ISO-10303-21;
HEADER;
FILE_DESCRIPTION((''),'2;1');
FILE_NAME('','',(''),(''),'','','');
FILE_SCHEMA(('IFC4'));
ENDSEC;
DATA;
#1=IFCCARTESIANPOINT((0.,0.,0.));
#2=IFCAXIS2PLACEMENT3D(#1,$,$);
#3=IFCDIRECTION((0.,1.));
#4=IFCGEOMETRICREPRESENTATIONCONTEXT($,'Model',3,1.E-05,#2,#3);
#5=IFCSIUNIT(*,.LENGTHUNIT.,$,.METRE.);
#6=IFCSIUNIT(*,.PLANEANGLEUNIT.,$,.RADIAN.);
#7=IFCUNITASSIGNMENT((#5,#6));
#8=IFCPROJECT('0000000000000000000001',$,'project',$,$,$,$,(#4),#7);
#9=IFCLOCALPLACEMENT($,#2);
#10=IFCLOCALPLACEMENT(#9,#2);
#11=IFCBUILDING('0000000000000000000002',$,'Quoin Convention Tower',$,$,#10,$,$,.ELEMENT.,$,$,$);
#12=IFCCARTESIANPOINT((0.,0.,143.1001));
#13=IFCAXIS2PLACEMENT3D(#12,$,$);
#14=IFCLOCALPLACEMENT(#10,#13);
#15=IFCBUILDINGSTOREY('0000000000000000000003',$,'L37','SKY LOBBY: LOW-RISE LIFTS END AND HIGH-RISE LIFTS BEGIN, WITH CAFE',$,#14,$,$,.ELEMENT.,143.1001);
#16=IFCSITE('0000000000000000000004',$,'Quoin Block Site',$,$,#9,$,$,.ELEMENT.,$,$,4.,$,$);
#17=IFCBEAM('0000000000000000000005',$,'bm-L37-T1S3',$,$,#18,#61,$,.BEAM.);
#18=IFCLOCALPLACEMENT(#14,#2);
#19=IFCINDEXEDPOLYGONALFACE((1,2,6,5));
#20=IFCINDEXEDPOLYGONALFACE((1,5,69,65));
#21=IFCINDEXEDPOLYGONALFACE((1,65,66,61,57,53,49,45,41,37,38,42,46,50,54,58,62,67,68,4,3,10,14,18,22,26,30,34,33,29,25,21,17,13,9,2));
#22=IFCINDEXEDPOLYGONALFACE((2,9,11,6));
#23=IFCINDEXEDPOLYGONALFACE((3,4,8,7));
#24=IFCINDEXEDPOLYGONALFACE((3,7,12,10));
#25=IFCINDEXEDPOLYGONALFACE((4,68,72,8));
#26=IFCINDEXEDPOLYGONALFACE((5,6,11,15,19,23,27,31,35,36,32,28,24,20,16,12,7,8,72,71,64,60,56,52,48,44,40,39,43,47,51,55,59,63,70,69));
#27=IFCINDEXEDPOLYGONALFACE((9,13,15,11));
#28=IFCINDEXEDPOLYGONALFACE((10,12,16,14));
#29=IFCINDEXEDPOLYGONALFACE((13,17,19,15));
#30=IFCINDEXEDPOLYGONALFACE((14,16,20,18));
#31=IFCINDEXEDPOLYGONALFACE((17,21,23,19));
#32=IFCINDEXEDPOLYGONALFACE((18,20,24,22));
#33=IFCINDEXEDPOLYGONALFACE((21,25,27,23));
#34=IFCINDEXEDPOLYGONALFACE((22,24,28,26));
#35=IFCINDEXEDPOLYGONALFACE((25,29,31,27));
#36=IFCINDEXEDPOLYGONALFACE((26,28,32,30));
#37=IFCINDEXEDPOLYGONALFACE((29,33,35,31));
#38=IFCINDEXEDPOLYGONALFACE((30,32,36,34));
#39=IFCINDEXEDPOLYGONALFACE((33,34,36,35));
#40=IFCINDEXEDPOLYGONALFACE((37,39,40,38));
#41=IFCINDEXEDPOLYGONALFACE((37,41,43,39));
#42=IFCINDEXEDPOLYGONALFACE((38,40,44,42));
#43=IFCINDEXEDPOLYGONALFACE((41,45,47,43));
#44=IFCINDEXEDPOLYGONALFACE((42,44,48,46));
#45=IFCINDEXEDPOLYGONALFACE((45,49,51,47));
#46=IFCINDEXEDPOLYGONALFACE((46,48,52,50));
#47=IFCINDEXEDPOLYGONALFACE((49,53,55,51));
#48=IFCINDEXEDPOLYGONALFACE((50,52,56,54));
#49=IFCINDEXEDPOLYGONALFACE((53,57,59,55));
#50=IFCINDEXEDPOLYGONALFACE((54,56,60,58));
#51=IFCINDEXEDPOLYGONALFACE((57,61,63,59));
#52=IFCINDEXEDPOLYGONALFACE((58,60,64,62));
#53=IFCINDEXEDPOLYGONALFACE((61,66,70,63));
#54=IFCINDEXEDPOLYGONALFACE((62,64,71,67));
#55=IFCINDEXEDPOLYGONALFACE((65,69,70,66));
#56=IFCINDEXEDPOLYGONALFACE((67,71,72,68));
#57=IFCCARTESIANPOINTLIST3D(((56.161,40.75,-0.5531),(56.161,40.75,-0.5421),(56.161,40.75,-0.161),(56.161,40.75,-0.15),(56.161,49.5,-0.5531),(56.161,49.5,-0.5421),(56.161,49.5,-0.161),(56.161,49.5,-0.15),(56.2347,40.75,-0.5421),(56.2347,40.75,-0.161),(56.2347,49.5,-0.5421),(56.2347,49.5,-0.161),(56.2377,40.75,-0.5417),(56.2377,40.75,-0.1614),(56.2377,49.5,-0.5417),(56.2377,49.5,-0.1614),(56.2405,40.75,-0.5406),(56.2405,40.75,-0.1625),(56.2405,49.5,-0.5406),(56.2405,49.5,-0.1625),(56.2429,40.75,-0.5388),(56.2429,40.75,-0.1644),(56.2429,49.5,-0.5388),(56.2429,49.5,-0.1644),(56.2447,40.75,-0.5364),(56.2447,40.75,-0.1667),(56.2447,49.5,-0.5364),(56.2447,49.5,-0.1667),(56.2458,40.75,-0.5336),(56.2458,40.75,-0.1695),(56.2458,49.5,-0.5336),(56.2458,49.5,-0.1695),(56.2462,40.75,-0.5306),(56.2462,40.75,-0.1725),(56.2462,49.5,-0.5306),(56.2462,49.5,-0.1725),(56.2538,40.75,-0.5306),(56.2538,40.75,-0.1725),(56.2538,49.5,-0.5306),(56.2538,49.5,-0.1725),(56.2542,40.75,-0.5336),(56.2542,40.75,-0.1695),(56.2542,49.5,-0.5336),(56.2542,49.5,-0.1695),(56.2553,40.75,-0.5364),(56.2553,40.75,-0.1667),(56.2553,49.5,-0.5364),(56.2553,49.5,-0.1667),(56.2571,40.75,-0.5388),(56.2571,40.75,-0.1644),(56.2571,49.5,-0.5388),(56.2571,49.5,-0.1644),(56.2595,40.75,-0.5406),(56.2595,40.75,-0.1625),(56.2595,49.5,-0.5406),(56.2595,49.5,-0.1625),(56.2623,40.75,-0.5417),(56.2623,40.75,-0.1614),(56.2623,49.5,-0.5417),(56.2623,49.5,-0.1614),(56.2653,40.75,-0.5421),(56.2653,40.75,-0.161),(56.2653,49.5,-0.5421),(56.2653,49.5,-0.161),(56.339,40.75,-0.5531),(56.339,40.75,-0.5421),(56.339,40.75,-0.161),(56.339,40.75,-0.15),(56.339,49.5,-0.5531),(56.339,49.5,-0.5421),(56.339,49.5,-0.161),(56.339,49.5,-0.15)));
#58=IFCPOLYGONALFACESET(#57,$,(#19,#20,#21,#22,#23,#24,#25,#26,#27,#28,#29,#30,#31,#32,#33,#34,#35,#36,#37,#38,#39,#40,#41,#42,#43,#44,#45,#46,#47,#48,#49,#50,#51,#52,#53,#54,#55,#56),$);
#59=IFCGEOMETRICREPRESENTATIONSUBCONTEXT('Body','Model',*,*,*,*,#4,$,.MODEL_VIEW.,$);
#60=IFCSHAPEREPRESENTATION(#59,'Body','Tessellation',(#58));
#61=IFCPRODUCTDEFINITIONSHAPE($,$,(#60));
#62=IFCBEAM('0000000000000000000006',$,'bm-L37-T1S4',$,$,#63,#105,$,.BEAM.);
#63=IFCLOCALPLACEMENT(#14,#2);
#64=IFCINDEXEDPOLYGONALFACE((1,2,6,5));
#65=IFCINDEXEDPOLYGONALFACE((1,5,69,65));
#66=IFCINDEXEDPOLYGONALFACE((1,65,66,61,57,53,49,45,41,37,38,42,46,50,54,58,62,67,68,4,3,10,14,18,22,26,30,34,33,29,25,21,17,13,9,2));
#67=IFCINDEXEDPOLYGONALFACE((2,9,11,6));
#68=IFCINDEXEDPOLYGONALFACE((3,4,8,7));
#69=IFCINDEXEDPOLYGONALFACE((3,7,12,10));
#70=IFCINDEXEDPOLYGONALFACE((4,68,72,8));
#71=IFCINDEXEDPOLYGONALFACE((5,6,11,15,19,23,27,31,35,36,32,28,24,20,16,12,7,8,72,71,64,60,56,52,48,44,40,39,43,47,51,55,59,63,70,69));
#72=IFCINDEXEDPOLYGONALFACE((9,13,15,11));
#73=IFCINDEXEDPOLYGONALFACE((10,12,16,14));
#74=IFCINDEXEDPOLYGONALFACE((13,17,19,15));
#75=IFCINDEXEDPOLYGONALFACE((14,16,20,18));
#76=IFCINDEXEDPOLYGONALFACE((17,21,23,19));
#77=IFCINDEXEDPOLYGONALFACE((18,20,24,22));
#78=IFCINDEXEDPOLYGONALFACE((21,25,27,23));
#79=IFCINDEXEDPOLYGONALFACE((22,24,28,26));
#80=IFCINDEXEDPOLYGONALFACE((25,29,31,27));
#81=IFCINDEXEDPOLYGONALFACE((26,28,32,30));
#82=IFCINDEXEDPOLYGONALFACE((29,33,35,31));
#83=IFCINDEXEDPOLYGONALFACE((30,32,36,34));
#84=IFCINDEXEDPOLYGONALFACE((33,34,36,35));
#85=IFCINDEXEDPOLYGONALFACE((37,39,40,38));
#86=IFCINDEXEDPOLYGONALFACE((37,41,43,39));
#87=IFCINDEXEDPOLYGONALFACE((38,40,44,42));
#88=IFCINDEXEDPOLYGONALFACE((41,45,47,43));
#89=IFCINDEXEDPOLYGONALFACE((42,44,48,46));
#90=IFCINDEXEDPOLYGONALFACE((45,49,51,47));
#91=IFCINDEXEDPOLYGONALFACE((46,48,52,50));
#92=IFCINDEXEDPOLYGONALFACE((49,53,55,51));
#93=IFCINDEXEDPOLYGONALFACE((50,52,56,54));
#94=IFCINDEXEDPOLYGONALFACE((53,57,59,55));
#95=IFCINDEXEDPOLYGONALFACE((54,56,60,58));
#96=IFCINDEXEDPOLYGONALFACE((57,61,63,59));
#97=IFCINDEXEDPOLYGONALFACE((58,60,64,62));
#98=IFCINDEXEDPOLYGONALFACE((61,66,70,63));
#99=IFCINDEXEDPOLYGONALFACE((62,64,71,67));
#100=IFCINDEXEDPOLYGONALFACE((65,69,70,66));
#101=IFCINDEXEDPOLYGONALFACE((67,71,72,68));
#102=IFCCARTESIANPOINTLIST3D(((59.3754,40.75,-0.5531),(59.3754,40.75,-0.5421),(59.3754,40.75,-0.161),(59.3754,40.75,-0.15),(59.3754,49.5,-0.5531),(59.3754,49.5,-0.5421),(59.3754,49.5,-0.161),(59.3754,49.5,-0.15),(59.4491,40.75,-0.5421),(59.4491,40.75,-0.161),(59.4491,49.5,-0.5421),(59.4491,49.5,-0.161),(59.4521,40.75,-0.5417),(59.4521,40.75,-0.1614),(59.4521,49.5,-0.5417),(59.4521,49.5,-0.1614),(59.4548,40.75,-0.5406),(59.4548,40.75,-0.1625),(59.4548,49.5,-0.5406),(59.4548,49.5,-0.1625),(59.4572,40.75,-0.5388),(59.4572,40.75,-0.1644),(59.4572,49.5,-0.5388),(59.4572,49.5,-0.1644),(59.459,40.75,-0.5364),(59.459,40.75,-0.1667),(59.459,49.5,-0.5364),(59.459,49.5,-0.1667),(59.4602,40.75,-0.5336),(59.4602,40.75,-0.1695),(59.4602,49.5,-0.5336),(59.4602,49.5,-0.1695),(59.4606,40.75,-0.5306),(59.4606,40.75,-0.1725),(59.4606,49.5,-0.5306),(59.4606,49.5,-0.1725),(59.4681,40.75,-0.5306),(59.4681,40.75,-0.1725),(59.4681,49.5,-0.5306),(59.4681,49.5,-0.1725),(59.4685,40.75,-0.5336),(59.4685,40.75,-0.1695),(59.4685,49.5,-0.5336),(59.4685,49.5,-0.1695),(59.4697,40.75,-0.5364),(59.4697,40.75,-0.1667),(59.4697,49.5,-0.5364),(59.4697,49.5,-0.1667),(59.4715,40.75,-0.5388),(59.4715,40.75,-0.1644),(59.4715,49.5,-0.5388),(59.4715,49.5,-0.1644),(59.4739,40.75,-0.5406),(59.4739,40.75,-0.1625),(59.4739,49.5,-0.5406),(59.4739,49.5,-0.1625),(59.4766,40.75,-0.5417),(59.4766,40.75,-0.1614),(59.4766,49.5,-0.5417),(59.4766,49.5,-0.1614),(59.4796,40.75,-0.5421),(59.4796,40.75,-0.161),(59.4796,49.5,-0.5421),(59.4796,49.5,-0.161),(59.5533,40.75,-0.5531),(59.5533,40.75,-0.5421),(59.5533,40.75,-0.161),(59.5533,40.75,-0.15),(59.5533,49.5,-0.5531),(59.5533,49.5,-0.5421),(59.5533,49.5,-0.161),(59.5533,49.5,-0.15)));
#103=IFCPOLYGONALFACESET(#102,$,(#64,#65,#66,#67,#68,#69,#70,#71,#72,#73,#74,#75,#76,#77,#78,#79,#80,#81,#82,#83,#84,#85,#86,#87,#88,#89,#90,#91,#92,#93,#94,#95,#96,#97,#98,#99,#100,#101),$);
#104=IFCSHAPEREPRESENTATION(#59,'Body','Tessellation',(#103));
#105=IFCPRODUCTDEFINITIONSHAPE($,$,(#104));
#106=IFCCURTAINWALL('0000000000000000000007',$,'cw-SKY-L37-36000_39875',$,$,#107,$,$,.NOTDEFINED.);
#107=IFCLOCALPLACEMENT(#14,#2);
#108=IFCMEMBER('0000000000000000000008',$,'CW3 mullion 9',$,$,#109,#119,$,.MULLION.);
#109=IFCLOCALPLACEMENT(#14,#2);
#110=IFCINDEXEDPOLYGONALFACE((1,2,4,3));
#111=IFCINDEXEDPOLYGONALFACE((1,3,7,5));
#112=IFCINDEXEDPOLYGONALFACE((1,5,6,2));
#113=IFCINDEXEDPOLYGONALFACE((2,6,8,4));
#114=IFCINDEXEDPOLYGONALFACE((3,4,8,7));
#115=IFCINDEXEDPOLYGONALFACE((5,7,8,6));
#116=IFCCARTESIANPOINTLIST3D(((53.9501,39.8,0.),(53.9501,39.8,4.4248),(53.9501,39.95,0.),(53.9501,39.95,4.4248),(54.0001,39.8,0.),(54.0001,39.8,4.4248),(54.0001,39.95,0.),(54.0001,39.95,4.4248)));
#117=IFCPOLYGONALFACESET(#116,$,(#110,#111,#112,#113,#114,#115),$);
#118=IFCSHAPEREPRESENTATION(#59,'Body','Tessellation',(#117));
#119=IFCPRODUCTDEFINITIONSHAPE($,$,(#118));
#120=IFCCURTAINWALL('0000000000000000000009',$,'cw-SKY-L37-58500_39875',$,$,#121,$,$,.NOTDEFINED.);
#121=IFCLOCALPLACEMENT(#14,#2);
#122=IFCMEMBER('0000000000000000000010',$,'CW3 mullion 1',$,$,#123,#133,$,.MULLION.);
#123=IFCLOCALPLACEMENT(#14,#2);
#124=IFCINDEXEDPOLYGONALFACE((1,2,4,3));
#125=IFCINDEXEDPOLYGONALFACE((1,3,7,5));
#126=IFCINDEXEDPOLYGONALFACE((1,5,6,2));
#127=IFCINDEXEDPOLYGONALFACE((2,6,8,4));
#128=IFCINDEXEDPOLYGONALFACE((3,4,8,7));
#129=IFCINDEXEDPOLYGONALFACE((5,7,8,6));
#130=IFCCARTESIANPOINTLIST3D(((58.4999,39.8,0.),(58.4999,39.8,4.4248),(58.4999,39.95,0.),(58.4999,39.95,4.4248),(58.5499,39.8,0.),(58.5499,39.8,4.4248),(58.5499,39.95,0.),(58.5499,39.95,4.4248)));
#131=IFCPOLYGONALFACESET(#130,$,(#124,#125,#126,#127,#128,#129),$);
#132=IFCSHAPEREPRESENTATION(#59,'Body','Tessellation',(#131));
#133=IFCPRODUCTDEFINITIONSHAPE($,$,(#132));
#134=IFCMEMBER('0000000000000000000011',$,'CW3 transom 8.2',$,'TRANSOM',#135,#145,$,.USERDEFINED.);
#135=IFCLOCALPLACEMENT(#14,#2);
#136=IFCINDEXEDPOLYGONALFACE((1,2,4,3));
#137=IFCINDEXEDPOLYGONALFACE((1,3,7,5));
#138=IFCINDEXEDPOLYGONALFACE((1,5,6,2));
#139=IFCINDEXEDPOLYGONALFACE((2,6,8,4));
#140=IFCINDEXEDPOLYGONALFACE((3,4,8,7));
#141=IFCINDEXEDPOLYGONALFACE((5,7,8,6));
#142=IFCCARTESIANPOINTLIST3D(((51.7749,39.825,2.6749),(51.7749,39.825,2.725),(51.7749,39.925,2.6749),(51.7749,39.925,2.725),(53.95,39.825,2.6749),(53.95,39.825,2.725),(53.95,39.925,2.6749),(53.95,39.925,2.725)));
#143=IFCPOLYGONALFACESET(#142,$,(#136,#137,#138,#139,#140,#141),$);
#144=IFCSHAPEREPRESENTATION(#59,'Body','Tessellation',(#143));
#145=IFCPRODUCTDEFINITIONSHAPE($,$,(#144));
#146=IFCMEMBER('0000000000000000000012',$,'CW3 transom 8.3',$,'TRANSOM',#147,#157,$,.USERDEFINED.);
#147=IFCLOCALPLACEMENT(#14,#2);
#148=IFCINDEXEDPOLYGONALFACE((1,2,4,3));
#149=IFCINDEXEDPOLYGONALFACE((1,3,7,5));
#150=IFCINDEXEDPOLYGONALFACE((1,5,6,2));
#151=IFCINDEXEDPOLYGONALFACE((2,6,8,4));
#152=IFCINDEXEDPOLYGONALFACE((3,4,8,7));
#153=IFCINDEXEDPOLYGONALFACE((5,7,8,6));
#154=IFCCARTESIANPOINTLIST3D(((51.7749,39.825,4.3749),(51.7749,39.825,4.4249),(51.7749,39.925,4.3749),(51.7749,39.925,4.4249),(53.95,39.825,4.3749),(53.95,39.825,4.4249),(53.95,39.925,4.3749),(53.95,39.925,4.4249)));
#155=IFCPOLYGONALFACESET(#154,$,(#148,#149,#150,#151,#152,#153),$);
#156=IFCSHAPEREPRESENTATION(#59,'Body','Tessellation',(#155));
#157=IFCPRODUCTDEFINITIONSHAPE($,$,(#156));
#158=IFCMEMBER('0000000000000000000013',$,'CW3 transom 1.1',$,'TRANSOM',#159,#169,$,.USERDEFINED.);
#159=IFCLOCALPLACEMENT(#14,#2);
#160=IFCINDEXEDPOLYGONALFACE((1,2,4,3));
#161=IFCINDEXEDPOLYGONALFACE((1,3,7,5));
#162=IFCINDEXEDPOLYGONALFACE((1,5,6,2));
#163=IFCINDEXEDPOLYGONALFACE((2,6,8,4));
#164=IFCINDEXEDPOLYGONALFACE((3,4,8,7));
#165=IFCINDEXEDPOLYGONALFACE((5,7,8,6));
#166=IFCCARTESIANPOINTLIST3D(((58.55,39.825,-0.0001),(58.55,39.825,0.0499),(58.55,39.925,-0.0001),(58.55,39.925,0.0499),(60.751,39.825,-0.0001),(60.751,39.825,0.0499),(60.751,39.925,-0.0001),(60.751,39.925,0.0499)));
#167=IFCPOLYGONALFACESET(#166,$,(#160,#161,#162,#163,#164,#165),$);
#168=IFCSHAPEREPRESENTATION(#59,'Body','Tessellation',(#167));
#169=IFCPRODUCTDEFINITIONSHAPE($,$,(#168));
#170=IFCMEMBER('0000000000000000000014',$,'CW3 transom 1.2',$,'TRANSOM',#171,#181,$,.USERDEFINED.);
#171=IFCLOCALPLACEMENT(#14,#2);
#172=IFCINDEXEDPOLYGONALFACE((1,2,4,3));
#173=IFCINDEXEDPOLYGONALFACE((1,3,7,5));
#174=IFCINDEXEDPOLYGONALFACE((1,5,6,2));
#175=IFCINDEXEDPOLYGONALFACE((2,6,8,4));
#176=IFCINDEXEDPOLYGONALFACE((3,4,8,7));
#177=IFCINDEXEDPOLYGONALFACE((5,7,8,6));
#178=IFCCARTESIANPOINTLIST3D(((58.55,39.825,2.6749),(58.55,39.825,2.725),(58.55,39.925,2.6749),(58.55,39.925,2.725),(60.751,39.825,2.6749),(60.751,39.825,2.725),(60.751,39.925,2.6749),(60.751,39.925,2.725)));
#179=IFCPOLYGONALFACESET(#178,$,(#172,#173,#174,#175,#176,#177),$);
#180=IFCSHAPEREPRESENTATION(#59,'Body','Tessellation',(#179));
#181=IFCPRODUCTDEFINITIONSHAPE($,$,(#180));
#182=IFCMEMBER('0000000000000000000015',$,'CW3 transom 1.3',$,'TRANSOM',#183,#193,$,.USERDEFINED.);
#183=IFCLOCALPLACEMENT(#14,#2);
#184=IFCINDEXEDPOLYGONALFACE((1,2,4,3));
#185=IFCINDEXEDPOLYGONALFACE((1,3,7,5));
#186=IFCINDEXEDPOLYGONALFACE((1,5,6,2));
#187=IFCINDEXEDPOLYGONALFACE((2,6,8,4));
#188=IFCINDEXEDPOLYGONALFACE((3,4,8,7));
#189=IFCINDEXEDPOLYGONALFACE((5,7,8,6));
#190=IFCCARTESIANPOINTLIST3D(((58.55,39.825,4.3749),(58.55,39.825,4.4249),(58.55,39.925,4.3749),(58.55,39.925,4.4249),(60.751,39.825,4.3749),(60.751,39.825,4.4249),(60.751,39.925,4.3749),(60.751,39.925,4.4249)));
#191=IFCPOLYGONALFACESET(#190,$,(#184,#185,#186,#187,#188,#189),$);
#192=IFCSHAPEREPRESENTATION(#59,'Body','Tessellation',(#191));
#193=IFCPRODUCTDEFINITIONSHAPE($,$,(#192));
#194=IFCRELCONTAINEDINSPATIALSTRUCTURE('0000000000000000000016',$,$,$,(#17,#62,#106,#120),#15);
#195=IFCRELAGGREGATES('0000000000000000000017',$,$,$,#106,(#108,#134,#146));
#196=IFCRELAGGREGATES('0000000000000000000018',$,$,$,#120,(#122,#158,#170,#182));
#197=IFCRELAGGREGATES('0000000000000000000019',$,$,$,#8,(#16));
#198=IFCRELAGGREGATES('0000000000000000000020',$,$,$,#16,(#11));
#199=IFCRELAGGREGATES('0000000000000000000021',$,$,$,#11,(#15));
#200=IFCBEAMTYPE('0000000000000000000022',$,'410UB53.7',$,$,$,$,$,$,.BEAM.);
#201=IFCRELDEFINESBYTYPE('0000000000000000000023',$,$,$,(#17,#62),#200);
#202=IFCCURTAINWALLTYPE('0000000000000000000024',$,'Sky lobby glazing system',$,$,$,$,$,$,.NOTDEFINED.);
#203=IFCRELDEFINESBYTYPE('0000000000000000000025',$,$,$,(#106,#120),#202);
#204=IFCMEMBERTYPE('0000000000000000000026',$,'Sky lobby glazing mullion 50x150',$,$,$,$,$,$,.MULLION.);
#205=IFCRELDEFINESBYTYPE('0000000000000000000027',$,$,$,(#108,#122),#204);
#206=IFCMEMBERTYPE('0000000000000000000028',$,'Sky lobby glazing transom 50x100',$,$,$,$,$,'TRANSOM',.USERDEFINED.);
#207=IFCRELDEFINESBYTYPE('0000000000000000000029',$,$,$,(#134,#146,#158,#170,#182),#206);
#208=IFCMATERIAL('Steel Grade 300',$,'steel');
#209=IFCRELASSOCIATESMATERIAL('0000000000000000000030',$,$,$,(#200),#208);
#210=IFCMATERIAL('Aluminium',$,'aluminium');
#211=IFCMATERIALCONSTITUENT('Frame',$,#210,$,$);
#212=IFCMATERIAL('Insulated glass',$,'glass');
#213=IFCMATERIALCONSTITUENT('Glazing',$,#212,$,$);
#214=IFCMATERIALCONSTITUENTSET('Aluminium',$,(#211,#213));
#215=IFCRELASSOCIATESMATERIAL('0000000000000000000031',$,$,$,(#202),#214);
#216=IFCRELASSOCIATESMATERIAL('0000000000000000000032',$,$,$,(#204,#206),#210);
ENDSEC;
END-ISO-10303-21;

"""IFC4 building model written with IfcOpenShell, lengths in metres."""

from ifc_helpers import new_model, si_unit, direction, frame, origin, origin_2d, place, context, subcontext, project, spatial, rectangle, i_section, extrude, material, constituent, constituent_set, material_profile, profile_set, type_object, element, aggregate, save


model = new_model("IFC4")

# Units and contexts
model_context = context("Model", 3, precision=1e-05, world=origin(), true_north=direction((0.0, 1.0)))
body_context = subcontext(model_context, "Body", "Model", "MODEL_VIEW")
ifc_project = project(units=[si_unit("LENGTHUNIT", "METRE"), si_unit("PLANEANGLEUNIT", "RADIAN")], contexts=[model_context])

# Site, building, storey
site_placement = place(None, origin())
site = spatial("IfcSite", under=ifc_project, at=site_placement, Name="Quoin Block Site", CompositionType="ELEMENT", RefElevation=4.0)
building_placement = place(site_placement, origin())
building = spatial("IfcBuilding", under=site, at=building_placement, Name="Quoin Convention Tower", CompositionType="ELEMENT")
storey_placement = place(building_placement, frame((0.0, 0.0, 143.1001)))
storey = spatial("IfcBuildingStorey", under=building, at=storey_placement, Name="L37", Description="SKY LOBBY: LOW-RISE LIFTS END AND HIGH-RISE LIFTS BEGIN, WITH CAFE", CompositionType="ELEMENT", Elevation=143.1001)

# Beams
ifc_material_1 = material(Name="Steel Grade 300", Category="steel")
ifc_material_profile_1 = material_profile(ifc_material_1, i_section(OverallWidth=0.178, OverallDepth=0.4031, WebThickness=0.0076, FlangeThickness=0.011, FilletRadius=0.0115, at=origin_2d()), Name="410UB53.7")
ifc_profile_set_1 = profile_set([ifc_material_profile_1], Name="Steel Grade 300")
beam_type = type_object("IfcBeamType", Name="410UB53.7", PredefinedType="BEAM", material=ifc_profile_set_1)
for number, where, z_axis, x_axis, name in (
    (1, (56.25, 40.75, -0.3516), (0.0, 1.0, 0.0), (-1.0, 0.0, 0.0), "bm-L37-T1S3"),
    (2, (59.4644, 40.75, -0.3516), (0.0, 1.0, 0.0), (-1.0, 0.0, 0.0), "bm-L37-T1S4"),
):
    element("IfcBeam", number, at=place(storey_placement, frame(where, z_axis=z_axis, x_axis=x_axis)), inside=storey, type_object=beam_type, Name=name, PredefinedType="BEAM", context=body_context, shape_type="SweptSolid", body=[
        extrude(i_section(OverallWidth=0.178, OverallDepth=0.4031, WebThickness=0.0076, FlangeThickness=0.011, FilletRadius=0.0115, at=origin_2d()), origin(), (0.0, 0.0, 1.0), 8.75),
    ])

# Curtain walls, members
ifc_material_2 = material(Name="Aluminium", Category="aluminium")
ifc_constituent_1 = constituent(ifc_material_2, Name="Frame")
ifc_material_3 = material(Name="Insulated glass", Category="glass")
ifc_constituent_2 = constituent(ifc_material_3, Name="Glazing")
ifc_constituent_set_1 = constituent_set(constituents=[ifc_constituent_1, ifc_constituent_2], Name="Aluminium")
curtain_wall_type = type_object("IfcCurtainWallType", Name="Sky lobby glazing system", PredefinedType="NOTDEFINED", material=ifc_constituent_set_1)
curtain_wall_1_placement = place(storey_placement, origin())
curtain_wall_1 = element("IfcCurtainWall", 3, at=curtain_wall_1_placement, inside=storey, type_object=curtain_wall_type, Name="cw-SKY-L37-36000_39875", PredefinedType="NOTDEFINED")
ifc_material_profile_2 = material_profile(ifc_material_2, rectangle(XDim=0.1499, YDim=0.05, at=origin_2d()), Name="Sky lobby glazing mullion 50x150")
ifc_profile_set_2 = profile_set([ifc_material_profile_2], Name="Aluminium")
member_type_1 = type_object("IfcMemberType", Name="Sky lobby glazing mullion 50x150", PredefinedType="MULLION", material=ifc_profile_set_2)
member_1_placement = place(storey_placement, frame((53.9751, 39.875, 0.0), z_axis=(0.0, 0.0, 1.0), x_axis=(0.0, 1.0, 0.0)))
member_1 = element("IfcMember", 4, at=member_1_placement, type_object=member_type_1, Name="CW3 mullion 9", PredefinedType="MULLION", context=body_context, shape_type="SweptSolid", body=[
    extrude(rectangle(XDim=0.1499, YDim=0.05, at=origin_2d()), origin(), (0.0, 0.0, 1.0), 4.4248),
])
curtain_wall_2_placement = place(storey_placement, origin())
curtain_wall_2 = element("IfcCurtainWall", 5, at=curtain_wall_2_placement, inside=storey, type_object=curtain_wall_type, Name="cw-SKY-L37-58500_39875", PredefinedType="NOTDEFINED")
member_2_placement = place(storey_placement, frame((58.5249, 39.875, 0.0), z_axis=(0.0, 0.0, 1.0), x_axis=(0.0, 1.0, 0.0)))
member_2 = element("IfcMember", 6, at=member_2_placement, type_object=member_type_1, Name="CW3 mullion 1", PredefinedType="MULLION", context=body_context, shape_type="SweptSolid", body=[
    extrude(rectangle(XDim=0.1499, YDim=0.05, at=origin_2d()), origin(), (0.0, 0.0, 1.0), 4.4248),
])

# Members
ifc_material_profile_3 = material_profile(ifc_material_2, rectangle(XDim=0.1001, YDim=0.05, at=origin_2d()), Name="Sky lobby glazing transom 50x100")
ifc_profile_set_3 = profile_set([ifc_material_profile_3], Name="Aluminium")
member_type_2 = type_object("IfcMemberType", Name="Sky lobby glazing transom 50x100", ElementType="TRANSOM", PredefinedType="USERDEFINED", material=ifc_profile_set_3)
member_3_placement = place(storey_placement, frame((51.7749, 39.875, 2.7), z_axis=(1.0, 0.0, 0.0), x_axis=(0.0, 1.0, 0.0)))
member_3 = element("IfcMember", 7, at=member_3_placement, type_object=member_type_2, Name="CW3 transom 8.2", ObjectType="TRANSOM", PredefinedType="USERDEFINED", context=body_context, shape_type="SweptSolid", body=[
    extrude(rectangle(XDim=0.1001, YDim=0.05, at=origin_2d()), origin(), (0.0, 0.0, 1.0), 2.175),
])
member_4_placement = place(storey_placement, frame((51.7749, 39.875, 4.3999), z_axis=(1.0, 0.0, 0.0), x_axis=(0.0, 1.0, 0.0)))
member_4 = element("IfcMember", 8, at=member_4_placement, type_object=member_type_2, Name="CW3 transom 8.3", ObjectType="TRANSOM", PredefinedType="USERDEFINED", context=body_context, shape_type="SweptSolid", body=[
    extrude(rectangle(XDim=0.1001, YDim=0.05, at=origin_2d()), origin(), (0.0, 0.0, 1.0), 2.175),
])
member_5_placement = place(storey_placement, frame((58.55, 39.875, 0.0249), z_axis=(1.0, 0.0, 0.0), x_axis=(0.0, 1.0, 0.0)))
member_5 = element("IfcMember", 9, at=member_5_placement, type_object=member_type_2, Name="CW3 transom 1.1", ObjectType="TRANSOM", PredefinedType="USERDEFINED", context=body_context, shape_type="SweptSolid", body=[
    extrude(rectangle(XDim=0.1001, YDim=0.05, at=origin_2d()), origin(), (0.0, 0.0, 1.0), 2.2009),
])
member_6_placement = place(storey_placement, frame((58.55, 39.875, 2.7), z_axis=(1.0, 0.0, 0.0), x_axis=(0.0, 1.0, 0.0)))
member_6 = element("IfcMember", 10, at=member_6_placement, type_object=member_type_2, Name="CW3 transom 1.2", ObjectType="TRANSOM", PredefinedType="USERDEFINED", context=body_context, shape_type="SweptSolid", body=[
    extrude(rectangle(XDim=0.1001, YDim=0.05, at=origin_2d()), origin(), (0.0, 0.0, 1.0), 2.2009),
])
member_7_placement = place(storey_placement, frame((58.55, 39.875, 4.3999), z_axis=(1.0, 0.0, 0.0), x_axis=(0.0, 1.0, 0.0)))
member_7 = element("IfcMember", 11, at=member_7_placement, type_object=member_type_2, Name="CW3 transom 1.3", ObjectType="TRANSOM", PredefinedType="USERDEFINED", context=body_context, shape_type="SweptSolid", body=[
    extrude(rectangle(XDim=0.1001, YDim=0.05, at=origin_2d()), origin(), (0.0, 0.0, 1.0), 2.2009),
])

aggregate(curtain_wall_1, [member_1, member_3, member_4])
aggregate(curtain_wall_2, [member_2, member_5, member_6, member_7])

save(model, "model.ifc")
